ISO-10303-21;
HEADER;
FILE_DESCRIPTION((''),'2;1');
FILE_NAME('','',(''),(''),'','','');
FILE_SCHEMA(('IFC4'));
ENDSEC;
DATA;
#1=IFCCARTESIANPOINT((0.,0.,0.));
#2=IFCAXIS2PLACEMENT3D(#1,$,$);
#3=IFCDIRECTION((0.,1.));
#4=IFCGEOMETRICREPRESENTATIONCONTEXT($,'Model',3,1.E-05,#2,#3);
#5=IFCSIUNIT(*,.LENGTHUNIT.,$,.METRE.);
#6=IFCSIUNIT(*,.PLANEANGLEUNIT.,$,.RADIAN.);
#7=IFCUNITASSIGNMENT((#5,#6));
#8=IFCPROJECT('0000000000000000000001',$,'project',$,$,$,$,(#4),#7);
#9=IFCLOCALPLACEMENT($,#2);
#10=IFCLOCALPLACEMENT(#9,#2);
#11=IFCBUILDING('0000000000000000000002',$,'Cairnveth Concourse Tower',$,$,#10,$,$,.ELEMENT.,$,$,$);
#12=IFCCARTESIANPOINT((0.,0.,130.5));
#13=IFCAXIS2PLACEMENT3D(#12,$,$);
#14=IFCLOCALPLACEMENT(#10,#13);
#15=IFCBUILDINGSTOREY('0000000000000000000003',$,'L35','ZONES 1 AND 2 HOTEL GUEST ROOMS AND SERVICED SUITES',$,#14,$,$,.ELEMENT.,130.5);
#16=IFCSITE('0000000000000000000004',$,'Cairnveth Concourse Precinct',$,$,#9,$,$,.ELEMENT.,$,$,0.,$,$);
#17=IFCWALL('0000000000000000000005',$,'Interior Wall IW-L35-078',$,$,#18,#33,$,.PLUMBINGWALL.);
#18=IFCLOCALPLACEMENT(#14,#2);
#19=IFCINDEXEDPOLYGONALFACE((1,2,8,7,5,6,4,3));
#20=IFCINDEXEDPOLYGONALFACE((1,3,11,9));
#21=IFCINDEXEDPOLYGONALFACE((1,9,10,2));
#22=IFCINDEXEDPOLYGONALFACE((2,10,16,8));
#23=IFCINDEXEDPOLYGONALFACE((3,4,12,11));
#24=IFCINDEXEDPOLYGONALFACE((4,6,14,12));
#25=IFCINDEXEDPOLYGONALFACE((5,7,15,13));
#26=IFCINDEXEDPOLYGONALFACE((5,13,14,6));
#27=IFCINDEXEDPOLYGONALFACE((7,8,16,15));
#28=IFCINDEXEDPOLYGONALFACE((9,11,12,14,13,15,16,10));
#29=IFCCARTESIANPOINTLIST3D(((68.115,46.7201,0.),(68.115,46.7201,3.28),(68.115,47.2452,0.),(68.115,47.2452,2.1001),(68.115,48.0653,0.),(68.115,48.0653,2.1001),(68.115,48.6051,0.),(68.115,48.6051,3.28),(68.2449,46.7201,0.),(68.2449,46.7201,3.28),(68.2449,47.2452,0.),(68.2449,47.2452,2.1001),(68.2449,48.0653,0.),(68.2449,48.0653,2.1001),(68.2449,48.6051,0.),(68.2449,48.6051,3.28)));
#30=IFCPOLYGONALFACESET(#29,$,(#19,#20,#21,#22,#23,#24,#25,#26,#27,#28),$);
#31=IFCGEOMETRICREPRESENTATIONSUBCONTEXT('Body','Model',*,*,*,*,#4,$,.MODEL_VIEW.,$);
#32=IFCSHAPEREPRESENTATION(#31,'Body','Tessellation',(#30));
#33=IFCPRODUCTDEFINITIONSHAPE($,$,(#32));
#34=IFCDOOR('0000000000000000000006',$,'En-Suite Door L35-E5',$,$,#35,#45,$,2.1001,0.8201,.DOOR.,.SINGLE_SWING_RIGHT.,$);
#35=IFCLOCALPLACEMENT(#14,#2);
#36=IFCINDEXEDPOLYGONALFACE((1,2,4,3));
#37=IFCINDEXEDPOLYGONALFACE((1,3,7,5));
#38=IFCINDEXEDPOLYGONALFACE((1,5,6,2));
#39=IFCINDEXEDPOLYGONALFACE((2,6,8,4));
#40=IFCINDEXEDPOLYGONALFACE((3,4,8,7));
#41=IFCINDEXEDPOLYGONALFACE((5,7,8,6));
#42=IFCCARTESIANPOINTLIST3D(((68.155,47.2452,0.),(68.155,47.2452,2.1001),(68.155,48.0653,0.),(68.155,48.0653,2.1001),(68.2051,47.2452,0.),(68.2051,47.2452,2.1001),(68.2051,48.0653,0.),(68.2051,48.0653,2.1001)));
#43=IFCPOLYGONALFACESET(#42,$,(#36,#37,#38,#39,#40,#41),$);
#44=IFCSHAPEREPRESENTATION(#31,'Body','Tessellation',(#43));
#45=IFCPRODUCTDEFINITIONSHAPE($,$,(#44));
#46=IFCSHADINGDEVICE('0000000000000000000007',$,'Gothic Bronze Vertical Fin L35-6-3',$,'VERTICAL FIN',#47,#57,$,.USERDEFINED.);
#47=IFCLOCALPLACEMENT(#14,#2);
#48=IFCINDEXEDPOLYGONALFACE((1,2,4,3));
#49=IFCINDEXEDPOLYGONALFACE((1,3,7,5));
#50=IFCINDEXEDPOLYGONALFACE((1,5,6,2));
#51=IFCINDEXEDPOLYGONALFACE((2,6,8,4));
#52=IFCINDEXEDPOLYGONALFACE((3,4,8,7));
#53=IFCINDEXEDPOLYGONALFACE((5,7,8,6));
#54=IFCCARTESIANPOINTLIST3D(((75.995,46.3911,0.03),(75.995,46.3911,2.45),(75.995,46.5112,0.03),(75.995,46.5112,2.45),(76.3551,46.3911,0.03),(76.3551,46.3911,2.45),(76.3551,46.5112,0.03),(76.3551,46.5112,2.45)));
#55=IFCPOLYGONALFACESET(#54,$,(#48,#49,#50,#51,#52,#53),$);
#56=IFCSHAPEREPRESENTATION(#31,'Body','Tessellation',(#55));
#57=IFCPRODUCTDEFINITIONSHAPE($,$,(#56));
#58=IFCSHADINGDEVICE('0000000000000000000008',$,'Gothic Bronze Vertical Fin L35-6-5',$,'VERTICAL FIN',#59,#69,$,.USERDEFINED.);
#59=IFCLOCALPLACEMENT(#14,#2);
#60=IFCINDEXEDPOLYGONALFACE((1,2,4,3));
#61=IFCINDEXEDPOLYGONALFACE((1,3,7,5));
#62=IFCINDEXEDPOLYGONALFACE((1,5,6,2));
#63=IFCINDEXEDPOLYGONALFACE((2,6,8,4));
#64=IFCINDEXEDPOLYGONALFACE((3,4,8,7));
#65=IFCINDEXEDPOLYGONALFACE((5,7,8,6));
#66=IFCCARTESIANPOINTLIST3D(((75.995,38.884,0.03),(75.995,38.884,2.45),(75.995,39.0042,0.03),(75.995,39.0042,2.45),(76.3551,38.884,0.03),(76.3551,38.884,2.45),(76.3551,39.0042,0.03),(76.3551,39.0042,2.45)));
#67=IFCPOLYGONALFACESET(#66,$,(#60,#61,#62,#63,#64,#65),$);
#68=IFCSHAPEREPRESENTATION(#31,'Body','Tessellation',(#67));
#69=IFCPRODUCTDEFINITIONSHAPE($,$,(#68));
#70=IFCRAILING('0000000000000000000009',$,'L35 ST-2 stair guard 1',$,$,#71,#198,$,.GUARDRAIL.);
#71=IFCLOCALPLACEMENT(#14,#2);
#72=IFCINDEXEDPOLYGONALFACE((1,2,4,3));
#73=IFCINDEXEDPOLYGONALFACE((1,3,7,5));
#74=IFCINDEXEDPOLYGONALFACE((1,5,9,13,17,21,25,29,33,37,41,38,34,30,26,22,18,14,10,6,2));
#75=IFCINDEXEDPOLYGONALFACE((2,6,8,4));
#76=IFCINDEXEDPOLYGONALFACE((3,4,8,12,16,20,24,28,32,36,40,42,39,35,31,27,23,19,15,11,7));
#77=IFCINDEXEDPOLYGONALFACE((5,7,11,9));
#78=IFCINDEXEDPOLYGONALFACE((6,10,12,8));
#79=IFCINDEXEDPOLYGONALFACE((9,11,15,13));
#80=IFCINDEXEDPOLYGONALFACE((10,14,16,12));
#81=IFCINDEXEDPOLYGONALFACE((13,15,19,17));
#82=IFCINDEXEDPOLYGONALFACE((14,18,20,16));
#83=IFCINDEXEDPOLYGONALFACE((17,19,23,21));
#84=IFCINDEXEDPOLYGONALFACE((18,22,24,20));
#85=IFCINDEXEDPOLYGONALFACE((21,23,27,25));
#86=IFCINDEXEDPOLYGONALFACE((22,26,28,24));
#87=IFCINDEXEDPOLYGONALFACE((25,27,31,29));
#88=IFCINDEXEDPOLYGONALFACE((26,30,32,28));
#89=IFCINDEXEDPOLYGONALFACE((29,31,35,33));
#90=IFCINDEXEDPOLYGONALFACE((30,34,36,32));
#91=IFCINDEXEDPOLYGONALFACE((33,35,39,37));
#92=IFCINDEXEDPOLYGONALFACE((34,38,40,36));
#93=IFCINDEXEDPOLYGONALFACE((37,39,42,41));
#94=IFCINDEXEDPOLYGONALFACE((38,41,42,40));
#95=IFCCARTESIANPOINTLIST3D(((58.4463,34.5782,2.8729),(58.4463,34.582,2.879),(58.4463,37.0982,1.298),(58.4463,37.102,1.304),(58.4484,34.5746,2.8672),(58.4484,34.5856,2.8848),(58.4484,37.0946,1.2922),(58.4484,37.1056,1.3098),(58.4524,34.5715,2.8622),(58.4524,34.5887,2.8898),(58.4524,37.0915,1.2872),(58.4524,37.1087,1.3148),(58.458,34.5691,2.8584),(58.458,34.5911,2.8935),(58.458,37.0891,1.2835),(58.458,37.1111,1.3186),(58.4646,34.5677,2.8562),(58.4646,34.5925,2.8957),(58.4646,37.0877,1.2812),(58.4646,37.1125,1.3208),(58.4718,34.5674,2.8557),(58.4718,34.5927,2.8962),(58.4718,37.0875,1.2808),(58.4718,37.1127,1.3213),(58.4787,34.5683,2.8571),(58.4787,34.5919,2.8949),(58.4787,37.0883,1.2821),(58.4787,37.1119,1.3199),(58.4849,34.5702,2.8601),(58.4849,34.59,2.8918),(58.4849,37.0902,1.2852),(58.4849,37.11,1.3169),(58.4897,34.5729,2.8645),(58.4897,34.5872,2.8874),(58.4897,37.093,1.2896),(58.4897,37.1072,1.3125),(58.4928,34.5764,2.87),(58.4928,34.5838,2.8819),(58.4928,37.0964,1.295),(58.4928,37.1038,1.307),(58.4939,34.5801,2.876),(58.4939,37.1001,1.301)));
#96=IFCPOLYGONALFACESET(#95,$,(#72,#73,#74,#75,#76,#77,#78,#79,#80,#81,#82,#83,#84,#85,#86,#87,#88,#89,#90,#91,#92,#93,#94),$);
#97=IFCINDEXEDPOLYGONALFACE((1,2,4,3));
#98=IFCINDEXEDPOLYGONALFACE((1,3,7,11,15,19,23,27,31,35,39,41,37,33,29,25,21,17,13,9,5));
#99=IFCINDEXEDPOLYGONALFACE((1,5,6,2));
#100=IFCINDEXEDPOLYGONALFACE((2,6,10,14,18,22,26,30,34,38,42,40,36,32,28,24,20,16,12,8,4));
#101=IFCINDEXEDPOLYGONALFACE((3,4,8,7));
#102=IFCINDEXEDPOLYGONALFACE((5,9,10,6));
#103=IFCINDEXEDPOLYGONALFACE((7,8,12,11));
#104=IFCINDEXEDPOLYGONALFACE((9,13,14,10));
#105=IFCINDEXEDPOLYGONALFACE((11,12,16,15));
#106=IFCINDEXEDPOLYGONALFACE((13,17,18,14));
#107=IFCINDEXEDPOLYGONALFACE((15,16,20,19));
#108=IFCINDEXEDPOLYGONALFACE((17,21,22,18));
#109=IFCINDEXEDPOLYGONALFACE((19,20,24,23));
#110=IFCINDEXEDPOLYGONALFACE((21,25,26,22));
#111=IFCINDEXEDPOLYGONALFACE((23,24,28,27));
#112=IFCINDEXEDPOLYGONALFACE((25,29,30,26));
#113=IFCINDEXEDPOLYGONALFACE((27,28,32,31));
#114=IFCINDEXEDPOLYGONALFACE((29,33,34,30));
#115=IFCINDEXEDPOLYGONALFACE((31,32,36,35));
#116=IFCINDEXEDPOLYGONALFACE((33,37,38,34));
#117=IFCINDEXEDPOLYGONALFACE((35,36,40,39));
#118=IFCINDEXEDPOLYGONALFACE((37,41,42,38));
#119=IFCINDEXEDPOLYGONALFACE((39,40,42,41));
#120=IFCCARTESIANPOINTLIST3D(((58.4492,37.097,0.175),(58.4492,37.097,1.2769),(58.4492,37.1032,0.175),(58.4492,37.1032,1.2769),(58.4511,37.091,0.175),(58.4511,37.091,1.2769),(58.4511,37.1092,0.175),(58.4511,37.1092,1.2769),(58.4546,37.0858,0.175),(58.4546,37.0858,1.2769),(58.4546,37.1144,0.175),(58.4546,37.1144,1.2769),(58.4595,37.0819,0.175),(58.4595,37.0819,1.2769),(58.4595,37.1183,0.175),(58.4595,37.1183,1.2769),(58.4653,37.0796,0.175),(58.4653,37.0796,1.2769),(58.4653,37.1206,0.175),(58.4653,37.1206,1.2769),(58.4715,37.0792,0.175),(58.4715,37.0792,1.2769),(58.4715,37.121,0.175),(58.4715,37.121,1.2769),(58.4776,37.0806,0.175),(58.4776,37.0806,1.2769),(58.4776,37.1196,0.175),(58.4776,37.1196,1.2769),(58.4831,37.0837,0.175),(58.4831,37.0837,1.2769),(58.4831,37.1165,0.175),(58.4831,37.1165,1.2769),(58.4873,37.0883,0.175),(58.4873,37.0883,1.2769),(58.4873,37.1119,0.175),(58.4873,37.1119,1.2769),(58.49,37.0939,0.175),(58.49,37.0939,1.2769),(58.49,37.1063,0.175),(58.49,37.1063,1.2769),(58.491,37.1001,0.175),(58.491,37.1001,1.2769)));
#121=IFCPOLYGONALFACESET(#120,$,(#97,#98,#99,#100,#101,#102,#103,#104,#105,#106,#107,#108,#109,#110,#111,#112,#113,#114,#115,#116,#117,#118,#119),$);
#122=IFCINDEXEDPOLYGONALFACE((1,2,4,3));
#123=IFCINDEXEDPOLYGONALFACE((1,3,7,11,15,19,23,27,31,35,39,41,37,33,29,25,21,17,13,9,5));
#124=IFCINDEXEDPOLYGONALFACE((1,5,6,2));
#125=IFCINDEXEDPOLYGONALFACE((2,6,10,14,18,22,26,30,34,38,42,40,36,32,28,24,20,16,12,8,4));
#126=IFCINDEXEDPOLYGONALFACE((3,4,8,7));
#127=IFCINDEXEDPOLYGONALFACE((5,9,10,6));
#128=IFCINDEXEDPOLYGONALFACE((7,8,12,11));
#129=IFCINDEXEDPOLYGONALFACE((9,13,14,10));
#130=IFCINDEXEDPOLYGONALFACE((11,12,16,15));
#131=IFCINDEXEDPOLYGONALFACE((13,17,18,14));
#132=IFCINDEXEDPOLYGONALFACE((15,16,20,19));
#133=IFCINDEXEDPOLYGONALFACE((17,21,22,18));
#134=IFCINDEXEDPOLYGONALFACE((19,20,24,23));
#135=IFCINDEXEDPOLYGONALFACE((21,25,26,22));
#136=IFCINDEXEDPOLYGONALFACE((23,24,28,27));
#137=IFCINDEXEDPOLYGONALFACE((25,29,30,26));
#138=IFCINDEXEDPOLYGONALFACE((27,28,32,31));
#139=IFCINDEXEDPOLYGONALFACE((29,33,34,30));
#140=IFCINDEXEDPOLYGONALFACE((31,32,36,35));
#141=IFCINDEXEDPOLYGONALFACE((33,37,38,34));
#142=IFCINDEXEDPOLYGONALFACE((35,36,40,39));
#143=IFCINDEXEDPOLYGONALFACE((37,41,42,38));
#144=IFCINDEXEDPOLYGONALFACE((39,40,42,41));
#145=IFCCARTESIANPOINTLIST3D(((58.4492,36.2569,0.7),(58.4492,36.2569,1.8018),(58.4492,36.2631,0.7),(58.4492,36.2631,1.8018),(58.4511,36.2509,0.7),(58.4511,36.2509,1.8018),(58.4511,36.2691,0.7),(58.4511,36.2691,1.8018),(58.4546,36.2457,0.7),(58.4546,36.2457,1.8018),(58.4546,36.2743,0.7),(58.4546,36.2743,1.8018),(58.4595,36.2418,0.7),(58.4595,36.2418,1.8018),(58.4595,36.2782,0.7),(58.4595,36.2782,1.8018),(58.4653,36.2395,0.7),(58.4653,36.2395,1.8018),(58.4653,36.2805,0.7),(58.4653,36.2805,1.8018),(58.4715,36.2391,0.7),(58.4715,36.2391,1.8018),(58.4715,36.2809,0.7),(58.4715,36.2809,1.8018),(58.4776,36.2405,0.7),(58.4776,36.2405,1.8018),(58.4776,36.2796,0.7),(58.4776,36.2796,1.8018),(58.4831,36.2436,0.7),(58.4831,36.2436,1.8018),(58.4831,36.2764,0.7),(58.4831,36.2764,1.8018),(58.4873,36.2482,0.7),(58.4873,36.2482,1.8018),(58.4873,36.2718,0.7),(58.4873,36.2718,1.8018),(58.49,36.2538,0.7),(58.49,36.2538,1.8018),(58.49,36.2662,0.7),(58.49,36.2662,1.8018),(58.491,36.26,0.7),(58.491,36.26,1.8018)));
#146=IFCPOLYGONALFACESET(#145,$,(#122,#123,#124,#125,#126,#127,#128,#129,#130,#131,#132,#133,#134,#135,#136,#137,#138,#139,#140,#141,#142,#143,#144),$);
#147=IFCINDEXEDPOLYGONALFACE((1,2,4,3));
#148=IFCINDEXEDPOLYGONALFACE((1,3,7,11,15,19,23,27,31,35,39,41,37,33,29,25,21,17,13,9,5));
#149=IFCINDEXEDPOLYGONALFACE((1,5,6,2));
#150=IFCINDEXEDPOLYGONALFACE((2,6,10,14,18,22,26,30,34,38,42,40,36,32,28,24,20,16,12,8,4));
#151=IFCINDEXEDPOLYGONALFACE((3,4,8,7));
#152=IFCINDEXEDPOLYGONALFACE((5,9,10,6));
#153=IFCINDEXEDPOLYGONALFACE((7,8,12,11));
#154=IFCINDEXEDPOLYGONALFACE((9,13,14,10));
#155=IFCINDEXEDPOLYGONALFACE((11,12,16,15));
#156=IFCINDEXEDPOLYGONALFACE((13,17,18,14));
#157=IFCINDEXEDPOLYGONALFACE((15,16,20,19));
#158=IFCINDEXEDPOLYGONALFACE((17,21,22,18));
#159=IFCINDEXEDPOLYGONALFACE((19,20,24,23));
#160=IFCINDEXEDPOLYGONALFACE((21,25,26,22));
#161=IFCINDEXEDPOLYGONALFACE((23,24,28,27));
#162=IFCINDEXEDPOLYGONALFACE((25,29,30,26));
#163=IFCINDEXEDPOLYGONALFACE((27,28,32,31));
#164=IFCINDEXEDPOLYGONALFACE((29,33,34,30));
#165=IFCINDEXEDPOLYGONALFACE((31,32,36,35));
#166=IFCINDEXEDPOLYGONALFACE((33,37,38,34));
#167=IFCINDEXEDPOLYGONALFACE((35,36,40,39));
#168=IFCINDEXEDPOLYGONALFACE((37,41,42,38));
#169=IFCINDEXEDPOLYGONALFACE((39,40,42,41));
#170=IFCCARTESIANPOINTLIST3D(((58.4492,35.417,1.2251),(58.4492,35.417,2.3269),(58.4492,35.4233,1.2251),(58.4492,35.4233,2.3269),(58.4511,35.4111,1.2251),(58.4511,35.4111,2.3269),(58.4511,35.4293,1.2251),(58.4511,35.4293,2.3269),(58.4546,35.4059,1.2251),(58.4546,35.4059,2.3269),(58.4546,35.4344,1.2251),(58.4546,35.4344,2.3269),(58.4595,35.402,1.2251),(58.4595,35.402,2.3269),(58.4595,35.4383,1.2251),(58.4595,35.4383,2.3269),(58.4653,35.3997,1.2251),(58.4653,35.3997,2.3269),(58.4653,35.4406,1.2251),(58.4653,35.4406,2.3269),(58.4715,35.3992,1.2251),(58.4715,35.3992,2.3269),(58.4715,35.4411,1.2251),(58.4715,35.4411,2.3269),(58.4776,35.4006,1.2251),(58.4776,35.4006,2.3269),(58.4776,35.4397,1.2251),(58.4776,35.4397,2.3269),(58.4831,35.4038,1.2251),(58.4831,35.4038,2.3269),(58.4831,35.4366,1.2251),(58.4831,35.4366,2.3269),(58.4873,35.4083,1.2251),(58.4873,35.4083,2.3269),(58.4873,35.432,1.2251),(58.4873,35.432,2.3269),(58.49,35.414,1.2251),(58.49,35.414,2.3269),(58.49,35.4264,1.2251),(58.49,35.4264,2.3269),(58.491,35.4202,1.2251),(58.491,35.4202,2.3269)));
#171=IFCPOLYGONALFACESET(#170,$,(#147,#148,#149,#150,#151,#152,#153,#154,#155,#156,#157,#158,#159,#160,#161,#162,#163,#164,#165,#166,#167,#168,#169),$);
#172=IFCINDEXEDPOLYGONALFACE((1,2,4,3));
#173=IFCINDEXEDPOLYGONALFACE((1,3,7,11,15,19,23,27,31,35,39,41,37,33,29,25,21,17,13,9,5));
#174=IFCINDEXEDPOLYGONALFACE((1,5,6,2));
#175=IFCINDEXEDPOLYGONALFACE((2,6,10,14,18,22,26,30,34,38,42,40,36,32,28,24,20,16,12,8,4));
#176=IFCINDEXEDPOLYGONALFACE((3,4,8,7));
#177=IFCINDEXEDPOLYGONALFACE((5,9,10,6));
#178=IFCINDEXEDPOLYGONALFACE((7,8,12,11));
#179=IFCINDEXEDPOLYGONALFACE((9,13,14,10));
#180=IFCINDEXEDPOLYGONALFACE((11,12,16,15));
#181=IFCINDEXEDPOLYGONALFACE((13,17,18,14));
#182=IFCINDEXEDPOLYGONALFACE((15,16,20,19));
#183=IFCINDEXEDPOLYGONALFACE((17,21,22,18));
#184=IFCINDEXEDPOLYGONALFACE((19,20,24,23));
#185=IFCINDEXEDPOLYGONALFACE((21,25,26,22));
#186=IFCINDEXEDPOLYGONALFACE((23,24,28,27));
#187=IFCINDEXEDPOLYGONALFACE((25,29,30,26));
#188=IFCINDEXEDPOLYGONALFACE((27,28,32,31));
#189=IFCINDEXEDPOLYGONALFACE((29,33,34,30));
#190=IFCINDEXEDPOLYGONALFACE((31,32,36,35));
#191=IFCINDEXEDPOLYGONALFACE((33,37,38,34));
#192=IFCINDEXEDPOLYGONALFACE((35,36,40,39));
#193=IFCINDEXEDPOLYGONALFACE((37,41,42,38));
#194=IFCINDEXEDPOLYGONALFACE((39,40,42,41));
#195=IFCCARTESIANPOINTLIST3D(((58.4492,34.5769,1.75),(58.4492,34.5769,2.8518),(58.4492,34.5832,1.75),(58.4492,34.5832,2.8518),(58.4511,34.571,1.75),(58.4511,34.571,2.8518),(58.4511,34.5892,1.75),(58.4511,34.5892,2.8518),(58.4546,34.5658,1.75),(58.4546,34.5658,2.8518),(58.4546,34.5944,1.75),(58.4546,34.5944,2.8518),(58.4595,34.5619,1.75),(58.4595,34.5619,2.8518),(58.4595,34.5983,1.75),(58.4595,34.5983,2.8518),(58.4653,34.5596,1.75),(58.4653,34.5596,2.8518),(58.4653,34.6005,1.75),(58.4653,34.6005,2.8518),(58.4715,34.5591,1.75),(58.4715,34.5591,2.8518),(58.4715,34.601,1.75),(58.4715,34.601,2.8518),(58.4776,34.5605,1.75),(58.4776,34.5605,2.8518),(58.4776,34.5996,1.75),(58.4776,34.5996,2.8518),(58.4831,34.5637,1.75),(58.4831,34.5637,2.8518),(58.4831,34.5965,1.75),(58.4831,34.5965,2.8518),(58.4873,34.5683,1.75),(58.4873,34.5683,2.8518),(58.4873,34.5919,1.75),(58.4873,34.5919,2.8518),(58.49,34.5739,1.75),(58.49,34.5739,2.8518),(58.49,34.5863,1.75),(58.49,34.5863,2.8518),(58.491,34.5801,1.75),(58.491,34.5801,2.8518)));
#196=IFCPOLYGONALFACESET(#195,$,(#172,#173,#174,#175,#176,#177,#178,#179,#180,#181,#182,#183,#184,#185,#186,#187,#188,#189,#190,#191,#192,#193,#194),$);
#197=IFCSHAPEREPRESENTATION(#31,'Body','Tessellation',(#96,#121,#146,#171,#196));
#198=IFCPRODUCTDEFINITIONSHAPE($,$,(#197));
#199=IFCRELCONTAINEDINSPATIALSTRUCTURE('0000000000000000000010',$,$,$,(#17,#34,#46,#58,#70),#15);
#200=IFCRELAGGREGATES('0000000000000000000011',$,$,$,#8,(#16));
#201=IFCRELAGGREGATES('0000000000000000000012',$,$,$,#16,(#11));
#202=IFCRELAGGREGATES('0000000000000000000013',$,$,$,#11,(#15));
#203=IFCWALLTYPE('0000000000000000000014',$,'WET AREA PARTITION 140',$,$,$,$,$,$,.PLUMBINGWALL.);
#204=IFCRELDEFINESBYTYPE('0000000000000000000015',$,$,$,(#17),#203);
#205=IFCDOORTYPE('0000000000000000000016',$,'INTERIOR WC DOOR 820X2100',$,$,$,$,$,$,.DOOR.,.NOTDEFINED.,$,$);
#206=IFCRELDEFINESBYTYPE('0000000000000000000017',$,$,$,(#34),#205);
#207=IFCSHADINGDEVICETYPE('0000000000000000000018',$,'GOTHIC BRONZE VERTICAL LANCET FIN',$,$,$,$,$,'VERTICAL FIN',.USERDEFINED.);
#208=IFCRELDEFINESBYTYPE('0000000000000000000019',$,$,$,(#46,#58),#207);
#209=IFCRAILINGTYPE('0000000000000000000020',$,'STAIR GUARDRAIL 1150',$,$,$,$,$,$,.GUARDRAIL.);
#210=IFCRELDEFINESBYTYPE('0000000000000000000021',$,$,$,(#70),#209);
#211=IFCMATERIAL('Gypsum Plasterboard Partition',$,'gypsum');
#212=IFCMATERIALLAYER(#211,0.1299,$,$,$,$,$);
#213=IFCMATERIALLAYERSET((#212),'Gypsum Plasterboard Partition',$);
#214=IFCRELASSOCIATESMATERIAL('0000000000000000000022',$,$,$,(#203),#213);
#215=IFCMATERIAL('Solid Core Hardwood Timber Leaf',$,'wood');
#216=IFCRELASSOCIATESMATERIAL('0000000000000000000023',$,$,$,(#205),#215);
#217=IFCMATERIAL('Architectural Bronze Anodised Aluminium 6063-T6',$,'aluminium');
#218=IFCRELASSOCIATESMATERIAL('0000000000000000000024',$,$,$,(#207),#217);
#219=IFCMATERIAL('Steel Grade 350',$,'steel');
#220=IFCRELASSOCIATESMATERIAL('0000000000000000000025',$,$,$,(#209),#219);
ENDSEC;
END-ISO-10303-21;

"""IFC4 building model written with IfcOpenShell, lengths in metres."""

from ifc_helpers import new_model, si_unit, direction, frame, frame_2d, origin, origin_2d, place, context, subcontext, project, spatial, rectangle, circle, extrude, material, layer, layer_set, type_object, element, fill, save


model = new_model("IFC4")

# Units and contexts
model_context = context("Model", 3, precision=1e-05, world=origin(), true_north=direction((0.0, 1.0)))
body_context = subcontext(model_context, "Body", "Model", "MODEL_VIEW")
ifc_project = project(units=[si_unit("LENGTHUNIT", "METRE"), si_unit("PLANEANGLEUNIT", "RADIAN")], contexts=[model_context])

# Site, building, storey
site_placement = place(None, origin())
site = spatial("IfcSite", under=ifc_project, at=site_placement, Name="Cairnveth Concourse Precinct", CompositionType="ELEMENT", RefElevation=0.0)
building_placement = place(site_placement, origin())
building = spatial("IfcBuilding", under=site, at=building_placement, Name="Cairnveth Concourse Tower", CompositionType="ELEMENT")
storey_placement = place(building_placement, frame((0.0, 0.0, 130.5)))
storey = spatial("IfcBuildingStorey", under=building, at=storey_placement, Name="L35", Description="ZONES 1 AND 2 HOTEL GUEST ROOMS AND SERVICED SUITES", CompositionType="ELEMENT", Elevation=130.5)

# Shared definitions
ifc_material_1 = material(Name="Steel Grade 350", Category="steel")

# Shared definitions
ifc_material_2 = material(Name="Gypsum Plasterboard Partition", Category="gypsum")

# Shared definitions
ifc_layer_1 = layer(ifc_material_2, 0.1299)
ifc_layer_set_1 = layer_set([ifc_layer_1], Name="Gypsum Plasterboard Partition")
wall_type_1 = type_object("IfcWallType", Name="WET AREA PARTITION 140", PredefinedType="PLUMBINGWALL", material=ifc_layer_set_1)

# Wall, opening, door
ifc_material_3 = material(Name="Solid Core Hardwood Timber Leaf", Category="wood")
door_type_1 = type_object("IfcDoorType", Name="INTERIOR WC DOOR 820X2100", OperationType="NOTDEFINED", PredefinedType="DOOR", material=ifc_material_3)
wall_1_placement = place(storey_placement, frame((68.1799, 46.7202, 0.0), z_axis=(0.0, 0.0, 1.0), x_axis=(0.0, 1.0, 0.0)))
wall_1 = element("IfcWall", 1, at=wall_1_placement, inside=storey, type_object=wall_type_1, Name="Interior Wall IW-L35-078", PredefinedType="PLUMBINGWALL", context=body_context, shape_type="SweptSolid", body=[
    extrude(rectangle(XDim=1.885, YDim=0.1299, at=frame_2d((0.9424, 0.0))), origin(), (0.0, 0.0, 1.0), 3.28),
])
opening_1_placement = place(wall_1_placement, frame((0.5249, 0.0, 0.0)))
opening_1 = element("IfcOpeningElement", 2, at=opening_1_placement, cuts=wall_1, PredefinedType="OPENING", context=body_context, shape_type="SweptSolid", body=[
    extrude(rectangle(XDim=0.8201, YDim=2.1001, at=frame_2d((0.4102, 1.05))), frame((0.0, 0.075, 0.0), z_axis=(0.0, -1.0, 0.0), x_axis=(1.0, 0.0, 0.0)), (0.0, 0.0, 1.0), 0.1499),
])
door_1_placement = place(opening_1_placement, origin())
door_1 = element("IfcDoor", 3, at=door_1_placement, inside=storey, type_object=door_type_1, Name="En-Suite Door L35-E5", OperationType="SINGLE_SWING_RIGHT", OverallHeight=2.1001, OverallWidth=0.8201, PredefinedType="DOOR", context=body_context, shape_type="SweptSolid", body=[
    extrude(rectangle(XDim=0.8201, YDim=2.1001, at=frame_2d((0.4102, 1.05))), frame((0.0, 0.0249, 0.0), z_axis=(0.0, -1.0, 0.0), x_axis=(1.0, 0.0, 0.0)), (0.0, 0.0, 1.0), 0.05),
])
fill(opening_1, door_1)

# Shading devices
ifc_material_4 = material(Name="Architectural Bronze Anodised Aluminium 6063-T6", Category="aluminium")
shading_device_type = type_object("IfcShadingDeviceType", Name="GOTHIC BRONZE VERTICAL LANCET FIN", ElementType="VERTICAL FIN", PredefinedType="USERDEFINED", material=ifc_material_4)
for number, where, z_axis, x_axis, name in (
    (4, (76.175, 46.4512, 0.03), (0.0, 0.0, 1.0), (0.0, 1.0, 0.0), "Gothic Bronze Vertical Fin L35-6-3"),
    (5, (76.175, 38.9441, 0.03), (0.0, 0.0, 1.0), (0.0, 1.0, 0.0), "Gothic Bronze Vertical Fin L35-6-5"),
):
    element("IfcShadingDevice", number, at=place(storey_placement, frame(where, z_axis=z_axis, x_axis=x_axis)), inside=storey, type_object=shading_device_type, Name=name, ObjectType="VERTICAL FIN", PredefinedType="USERDEFINED", context=body_context, shape_type="SweptSolid", body=[
        extrude(rectangle(XDim=0.1201, YDim=0.3601, at=origin_2d()), origin(), (0.0, 0.0, 1.0), 2.4199),
    ])

# Railing
railing_type = type_object("IfcRailingType", Name="STAIR GUARDRAIL 1150", PredefinedType="GUARDRAIL", material=ifc_material_1)
railing_1_placement = place(storey_placement, frame((58.47, 37.1001, 0.175)))
element("IfcRailing", 6, at=railing_1_placement, inside=storey, type_object=railing_type, Name="L35 ST-2 stair guard 1", PredefinedType="GUARDRAIL", context=body_context, shape_type="SweptSolid", body=[
    extrude(circle(Radius=0.0239, at=origin_2d()), frame((0.0, 0.0, 1.126), z_axis=(0.0, -0.848008, 0.529984), x_axis=(1.0, 0.0, 0.0)), (0.0, 0.0, 1.0), 2.9717),
    extrude(circle(Radius=0.021, at=origin_2d()), origin(), (0.0, 0.0, 1.0), 1.1018),
    extrude(circle(Radius=0.021, at=origin_2d()), frame((0.0, -0.8401, 0.5249)), (0.0, 0.0, 1.0), 1.1018),
    extrude(circle(Radius=0.021, at=origin_2d()), frame((0.0, -1.6799, 1.05)), (0.0, 0.0, 1.0), 1.1018),
    extrude(circle(Radius=0.021, at=origin_2d()), frame((0.0, -2.52, 1.575)), (0.0, 0.0, 1.0), 1.1018),
])

save(model, "model.ifc")
